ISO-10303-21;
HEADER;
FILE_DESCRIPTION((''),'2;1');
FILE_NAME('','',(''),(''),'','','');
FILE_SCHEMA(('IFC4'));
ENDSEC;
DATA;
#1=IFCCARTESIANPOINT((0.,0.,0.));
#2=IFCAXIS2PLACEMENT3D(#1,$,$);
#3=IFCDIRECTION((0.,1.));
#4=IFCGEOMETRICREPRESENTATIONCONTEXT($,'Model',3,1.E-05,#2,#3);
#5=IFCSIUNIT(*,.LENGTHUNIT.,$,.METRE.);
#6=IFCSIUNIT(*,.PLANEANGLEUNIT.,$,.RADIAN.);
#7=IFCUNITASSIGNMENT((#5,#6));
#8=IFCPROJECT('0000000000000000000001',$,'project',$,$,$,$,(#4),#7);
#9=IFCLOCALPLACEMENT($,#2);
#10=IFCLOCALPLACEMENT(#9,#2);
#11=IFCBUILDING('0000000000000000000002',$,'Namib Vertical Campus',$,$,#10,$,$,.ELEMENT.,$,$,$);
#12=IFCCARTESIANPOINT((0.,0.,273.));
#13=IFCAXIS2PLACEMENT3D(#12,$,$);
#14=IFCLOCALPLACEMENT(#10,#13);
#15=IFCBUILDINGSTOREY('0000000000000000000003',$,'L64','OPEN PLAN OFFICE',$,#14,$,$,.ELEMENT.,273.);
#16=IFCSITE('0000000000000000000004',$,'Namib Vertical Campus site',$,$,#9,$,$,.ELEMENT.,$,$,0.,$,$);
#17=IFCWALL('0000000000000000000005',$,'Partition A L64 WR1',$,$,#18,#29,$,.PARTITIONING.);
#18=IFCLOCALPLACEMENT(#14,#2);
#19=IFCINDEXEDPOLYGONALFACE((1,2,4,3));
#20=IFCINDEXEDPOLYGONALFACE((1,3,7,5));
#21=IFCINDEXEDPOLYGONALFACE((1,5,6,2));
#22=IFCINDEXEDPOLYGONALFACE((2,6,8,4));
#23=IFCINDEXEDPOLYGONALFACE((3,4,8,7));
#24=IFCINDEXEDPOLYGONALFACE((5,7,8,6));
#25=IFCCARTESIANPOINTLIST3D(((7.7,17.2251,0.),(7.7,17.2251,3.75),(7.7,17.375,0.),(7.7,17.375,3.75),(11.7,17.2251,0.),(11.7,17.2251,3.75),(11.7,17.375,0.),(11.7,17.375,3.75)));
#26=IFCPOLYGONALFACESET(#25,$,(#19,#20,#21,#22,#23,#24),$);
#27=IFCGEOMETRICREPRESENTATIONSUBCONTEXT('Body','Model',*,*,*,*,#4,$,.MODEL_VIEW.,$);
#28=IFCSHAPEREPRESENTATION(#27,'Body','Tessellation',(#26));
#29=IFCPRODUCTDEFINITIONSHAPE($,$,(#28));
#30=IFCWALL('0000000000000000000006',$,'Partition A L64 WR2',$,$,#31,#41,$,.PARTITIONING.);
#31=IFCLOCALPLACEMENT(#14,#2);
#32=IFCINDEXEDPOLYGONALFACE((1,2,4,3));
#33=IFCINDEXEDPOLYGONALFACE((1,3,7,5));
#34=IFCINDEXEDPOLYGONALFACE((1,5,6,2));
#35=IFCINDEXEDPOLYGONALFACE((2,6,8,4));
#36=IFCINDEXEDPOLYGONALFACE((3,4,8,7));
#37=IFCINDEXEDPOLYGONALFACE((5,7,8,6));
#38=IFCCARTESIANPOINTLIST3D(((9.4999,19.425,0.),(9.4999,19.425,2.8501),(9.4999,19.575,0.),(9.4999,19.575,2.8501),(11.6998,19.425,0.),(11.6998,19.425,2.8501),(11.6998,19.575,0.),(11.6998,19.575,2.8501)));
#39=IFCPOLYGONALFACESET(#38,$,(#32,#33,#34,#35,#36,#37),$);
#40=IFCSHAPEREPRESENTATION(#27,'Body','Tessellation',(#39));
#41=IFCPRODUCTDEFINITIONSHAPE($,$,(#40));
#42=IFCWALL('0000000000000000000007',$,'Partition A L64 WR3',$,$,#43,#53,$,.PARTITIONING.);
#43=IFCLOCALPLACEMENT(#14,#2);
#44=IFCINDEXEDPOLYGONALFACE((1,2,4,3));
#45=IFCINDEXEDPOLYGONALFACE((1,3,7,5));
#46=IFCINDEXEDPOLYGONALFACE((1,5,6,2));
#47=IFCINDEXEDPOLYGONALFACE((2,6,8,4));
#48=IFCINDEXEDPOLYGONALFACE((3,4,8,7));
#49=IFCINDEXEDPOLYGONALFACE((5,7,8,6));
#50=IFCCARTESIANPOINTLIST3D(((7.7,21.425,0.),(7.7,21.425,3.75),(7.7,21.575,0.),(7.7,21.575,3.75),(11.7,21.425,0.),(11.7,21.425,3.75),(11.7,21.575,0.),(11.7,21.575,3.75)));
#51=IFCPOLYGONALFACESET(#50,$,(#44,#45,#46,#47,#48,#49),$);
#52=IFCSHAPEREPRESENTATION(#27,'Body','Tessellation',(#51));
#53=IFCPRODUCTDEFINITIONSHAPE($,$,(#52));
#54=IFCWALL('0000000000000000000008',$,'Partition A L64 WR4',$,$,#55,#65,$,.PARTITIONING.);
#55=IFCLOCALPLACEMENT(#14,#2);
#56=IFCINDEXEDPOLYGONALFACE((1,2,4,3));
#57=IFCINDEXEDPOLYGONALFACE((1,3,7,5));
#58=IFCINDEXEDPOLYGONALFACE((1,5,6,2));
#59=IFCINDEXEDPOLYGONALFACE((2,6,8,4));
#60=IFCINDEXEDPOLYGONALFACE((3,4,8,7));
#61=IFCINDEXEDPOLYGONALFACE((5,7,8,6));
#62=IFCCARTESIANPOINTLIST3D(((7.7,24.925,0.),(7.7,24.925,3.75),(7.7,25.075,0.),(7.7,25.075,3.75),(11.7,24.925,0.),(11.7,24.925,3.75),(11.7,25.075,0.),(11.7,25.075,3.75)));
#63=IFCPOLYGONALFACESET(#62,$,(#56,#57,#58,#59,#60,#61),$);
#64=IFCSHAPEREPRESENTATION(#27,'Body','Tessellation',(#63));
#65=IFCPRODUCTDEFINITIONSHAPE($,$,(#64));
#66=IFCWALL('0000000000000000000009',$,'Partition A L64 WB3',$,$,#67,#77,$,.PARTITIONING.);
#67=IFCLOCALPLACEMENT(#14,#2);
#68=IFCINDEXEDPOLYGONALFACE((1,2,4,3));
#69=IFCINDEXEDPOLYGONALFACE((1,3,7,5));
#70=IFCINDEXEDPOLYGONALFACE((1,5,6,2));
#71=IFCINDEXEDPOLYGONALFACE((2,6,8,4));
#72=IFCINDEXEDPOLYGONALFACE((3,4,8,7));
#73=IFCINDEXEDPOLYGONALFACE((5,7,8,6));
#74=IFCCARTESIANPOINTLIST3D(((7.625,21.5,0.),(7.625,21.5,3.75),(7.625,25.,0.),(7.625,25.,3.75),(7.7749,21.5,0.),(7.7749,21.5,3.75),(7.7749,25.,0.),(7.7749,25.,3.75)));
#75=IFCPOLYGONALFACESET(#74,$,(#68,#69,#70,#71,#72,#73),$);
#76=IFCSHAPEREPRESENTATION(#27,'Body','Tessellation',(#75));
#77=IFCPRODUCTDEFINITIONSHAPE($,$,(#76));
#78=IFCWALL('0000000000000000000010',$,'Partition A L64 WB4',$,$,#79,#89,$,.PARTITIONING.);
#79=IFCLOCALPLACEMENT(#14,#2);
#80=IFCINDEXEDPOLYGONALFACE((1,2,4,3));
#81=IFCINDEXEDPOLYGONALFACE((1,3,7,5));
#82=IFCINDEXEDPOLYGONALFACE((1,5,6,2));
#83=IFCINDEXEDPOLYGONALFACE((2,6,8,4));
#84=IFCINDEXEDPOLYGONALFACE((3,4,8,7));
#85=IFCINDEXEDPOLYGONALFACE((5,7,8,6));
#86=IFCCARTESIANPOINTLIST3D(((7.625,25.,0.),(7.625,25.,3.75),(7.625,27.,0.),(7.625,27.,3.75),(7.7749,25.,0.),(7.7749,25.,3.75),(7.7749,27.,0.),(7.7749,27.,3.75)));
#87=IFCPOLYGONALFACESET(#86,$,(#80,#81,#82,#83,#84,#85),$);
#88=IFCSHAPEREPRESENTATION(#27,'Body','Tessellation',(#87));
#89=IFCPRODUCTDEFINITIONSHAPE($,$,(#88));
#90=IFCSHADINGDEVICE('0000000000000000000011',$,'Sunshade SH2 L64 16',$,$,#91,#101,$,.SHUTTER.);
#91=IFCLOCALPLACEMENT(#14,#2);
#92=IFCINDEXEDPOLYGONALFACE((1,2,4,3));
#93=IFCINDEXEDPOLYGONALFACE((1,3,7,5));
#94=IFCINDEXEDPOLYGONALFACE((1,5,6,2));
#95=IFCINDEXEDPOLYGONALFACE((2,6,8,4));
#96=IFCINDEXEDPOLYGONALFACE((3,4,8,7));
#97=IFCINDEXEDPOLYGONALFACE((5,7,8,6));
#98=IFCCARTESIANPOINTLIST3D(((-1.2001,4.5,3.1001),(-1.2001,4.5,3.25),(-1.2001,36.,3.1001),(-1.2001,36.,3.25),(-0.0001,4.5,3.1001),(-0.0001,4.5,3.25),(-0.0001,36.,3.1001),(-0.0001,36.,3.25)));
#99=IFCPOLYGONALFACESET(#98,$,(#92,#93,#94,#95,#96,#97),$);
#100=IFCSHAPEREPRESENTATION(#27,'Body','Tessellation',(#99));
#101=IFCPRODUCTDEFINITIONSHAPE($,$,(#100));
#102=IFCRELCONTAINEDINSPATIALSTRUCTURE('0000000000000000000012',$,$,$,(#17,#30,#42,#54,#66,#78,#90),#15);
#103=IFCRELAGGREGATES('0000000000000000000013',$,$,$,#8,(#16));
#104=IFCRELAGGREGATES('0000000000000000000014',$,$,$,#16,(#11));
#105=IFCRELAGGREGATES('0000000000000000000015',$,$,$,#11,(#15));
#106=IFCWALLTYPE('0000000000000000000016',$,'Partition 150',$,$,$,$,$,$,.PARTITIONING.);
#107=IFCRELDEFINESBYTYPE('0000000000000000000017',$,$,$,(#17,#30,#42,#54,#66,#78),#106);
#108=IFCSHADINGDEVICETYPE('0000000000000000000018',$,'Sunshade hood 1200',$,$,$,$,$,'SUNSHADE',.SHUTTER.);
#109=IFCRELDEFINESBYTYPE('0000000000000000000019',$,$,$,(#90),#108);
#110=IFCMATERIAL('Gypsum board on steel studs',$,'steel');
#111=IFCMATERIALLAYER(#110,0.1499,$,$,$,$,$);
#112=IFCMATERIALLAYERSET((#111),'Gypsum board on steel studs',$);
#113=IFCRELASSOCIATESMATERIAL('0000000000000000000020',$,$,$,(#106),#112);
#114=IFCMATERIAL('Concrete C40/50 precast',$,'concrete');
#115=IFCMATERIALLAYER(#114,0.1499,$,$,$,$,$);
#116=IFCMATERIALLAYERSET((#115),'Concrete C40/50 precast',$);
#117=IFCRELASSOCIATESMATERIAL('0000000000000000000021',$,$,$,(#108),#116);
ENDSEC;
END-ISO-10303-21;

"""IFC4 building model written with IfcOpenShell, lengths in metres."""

from ifc_helpers import new_model, si_unit, direction, frame, frame_2d, origin, origin_2d, place, context, subcontext, project, spatial, rectangle, extrude, material, layer, layer_set, type_object, element, save


model = new_model("IFC4")

# Units and contexts
model_context = context("Model", 3, precision=1e-05, world=origin(), true_north=direction((0.0, 1.0)))
body_context = subcontext(model_context, "Body", "Model", "MODEL_VIEW")
ifc_project = project(units=[si_unit("LENGTHUNIT", "METRE"), si_unit("PLANEANGLEUNIT", "RADIAN")], contexts=[model_context])

# Site, building, storey
site_placement = place(None, origin())
site = spatial("IfcSite", under=ifc_project, at=site_placement, Name="Namib Vertical Campus site", CompositionType="ELEMENT", RefElevation=0.0)
building_placement = place(site_placement, origin())
building = spatial("IfcBuilding", under=site, at=building_placement, Name="Namib Vertical Campus", CompositionType="ELEMENT")
storey_placement = place(building_placement, frame((0.0, 0.0, 273.0)))
storey = spatial("IfcBuildingStorey", under=building, at=storey_placement, Name="L64", Description="OPEN PLAN OFFICE", CompositionType="ELEMENT", Elevation=273.0)

# Walls
ifc_material_1 = material(Name="Gypsum board on steel studs", Category="steel")
ifc_layer_1 = layer(ifc_material_1, 0.1499)
ifc_layer_set_1 = layer_set([ifc_layer_1], Name="Gypsum board on steel studs")
wall_type_1 = type_object("IfcWallType", Name="Partition 150", PredefinedType="PARTITIONING", material=ifc_layer_set_1)
wall_1_placement = place(storey_placement, frame((11.7, 17.3, 0.0), z_axis=(0.0, 0.0, 1.0), x_axis=(-1.0, 0.0, 0.0)))
element("IfcWall", 1, at=wall_1_placement, inside=storey, type_object=wall_type_1, Name="Partition A L64 WR1", PredefinedType="PARTITIONING", context=body_context, shape_type="SweptSolid", body=[
    extrude(rectangle(XDim=4.0, YDim=0.1499, at=frame_2d((2.0, 0.0))), origin(), (0.0, 0.0, 1.0), 3.75),
])
wall_2_placement = place(storey_placement, frame((11.7, 19.5, 0.0), z_axis=(0.0, 0.0, 1.0), x_axis=(-1.0, 0.0, 0.0)))
element("IfcWall", 2, at=wall_2_placement, inside=storey, type_object=wall_type_1, Name="Partition A L64 WR2", PredefinedType="PARTITIONING", context=body_context, shape_type="SweptSolid", body=[
    extrude(rectangle(XDim=2.2, YDim=0.1499, at=frame_2d((1.1001, 0.0))), origin(), (0.0, 0.0, 1.0), 2.8501),
])
for number, where, z_axis, x_axis, name in (
    (3, (11.7, 21.5, 0.0), (0.0, 0.0, 1.0), (-1.0, 0.0, 0.0), "Partition A L64 WR3"),
    (4, (11.7, 25.0, 0.0), (0.0, 0.0, 1.0), (-1.0, 0.0, 0.0), "Partition A L64 WR4"),
):
    element("IfcWall", number, at=place(storey_placement, frame(where, z_axis=z_axis, x_axis=x_axis)), inside=storey, type_object=wall_type_1, Name=name, PredefinedType="PARTITIONING", context=body_context, shape_type="SweptSolid", body=[
        extrude(rectangle(XDim=4.0, YDim=0.1499, at=frame_2d((2.0, 0.0))), origin(), (0.0, 0.0, 1.0), 3.75),
    ])
wall_3_placement = place(storey_placement, frame((7.7, 21.5, 0.0), z_axis=(0.0, 0.0, 1.0), x_axis=(0.0, 1.0, 0.0)))
element("IfcWall", 5, at=wall_3_placement, inside=storey, type_object=wall_type_1, Name="Partition A L64 WB3", PredefinedType="PARTITIONING", context=body_context, shape_type="SweptSolid", body=[
    extrude(rectangle(XDim=3.5, YDim=0.1499, at=frame_2d((1.75, 0.0))), origin(), (0.0, 0.0, 1.0), 3.75),
])
wall_4_placement = place(storey_placement, frame((7.7, 25.0, 0.0), z_axis=(0.0, 0.0, 1.0), x_axis=(0.0, 1.0, 0.0)))
element("IfcWall", 6, at=wall_4_placement, inside=storey, type_object=wall_type_1, Name="Partition A L64 WB4", PredefinedType="PARTITIONING", context=body_context, shape_type="SweptSolid", body=[
    extrude(rectangle(XDim=2.0, YDim=0.1499, at=frame_2d((1.0, 0.0))), origin(), (0.0, 0.0, 1.0), 3.75),
])

# Shading device
ifc_material_2 = material(Name="Concrete C40/50 precast", Category="concrete")
ifc_layer_2 = layer(ifc_material_2, 0.1499)
ifc_layer_set_2 = layer_set([ifc_layer_2], Name="Concrete C40/50 precast")
shading_device_type = type_object("IfcShadingDeviceType", Name="Sunshade hood 1200", ElementType="SUNSHADE", PredefinedType="SHUTTER", material=ifc_layer_set_2)
shading_device_placement = place(storey_placement, frame((-0.6001, 20.25, 3.1001), z_axis=(0.0, 0.0, 1.0), x_axis=(0.0, -1.0, 0.0)))
element("IfcShadingDevice", 7, at=shading_device_placement, inside=storey, type_object=shading_device_type, Name="Sunshade SH2 L64 16", PredefinedType="SHUTTER", context=body_context, shape_type="SweptSolid", body=[
    extrude(rectangle(XDim=31.5, YDim=1.2, at=origin_2d()), origin(), (0.0, 0.0, 1.0), 0.1499),
])

save(model, "model.ifc")
